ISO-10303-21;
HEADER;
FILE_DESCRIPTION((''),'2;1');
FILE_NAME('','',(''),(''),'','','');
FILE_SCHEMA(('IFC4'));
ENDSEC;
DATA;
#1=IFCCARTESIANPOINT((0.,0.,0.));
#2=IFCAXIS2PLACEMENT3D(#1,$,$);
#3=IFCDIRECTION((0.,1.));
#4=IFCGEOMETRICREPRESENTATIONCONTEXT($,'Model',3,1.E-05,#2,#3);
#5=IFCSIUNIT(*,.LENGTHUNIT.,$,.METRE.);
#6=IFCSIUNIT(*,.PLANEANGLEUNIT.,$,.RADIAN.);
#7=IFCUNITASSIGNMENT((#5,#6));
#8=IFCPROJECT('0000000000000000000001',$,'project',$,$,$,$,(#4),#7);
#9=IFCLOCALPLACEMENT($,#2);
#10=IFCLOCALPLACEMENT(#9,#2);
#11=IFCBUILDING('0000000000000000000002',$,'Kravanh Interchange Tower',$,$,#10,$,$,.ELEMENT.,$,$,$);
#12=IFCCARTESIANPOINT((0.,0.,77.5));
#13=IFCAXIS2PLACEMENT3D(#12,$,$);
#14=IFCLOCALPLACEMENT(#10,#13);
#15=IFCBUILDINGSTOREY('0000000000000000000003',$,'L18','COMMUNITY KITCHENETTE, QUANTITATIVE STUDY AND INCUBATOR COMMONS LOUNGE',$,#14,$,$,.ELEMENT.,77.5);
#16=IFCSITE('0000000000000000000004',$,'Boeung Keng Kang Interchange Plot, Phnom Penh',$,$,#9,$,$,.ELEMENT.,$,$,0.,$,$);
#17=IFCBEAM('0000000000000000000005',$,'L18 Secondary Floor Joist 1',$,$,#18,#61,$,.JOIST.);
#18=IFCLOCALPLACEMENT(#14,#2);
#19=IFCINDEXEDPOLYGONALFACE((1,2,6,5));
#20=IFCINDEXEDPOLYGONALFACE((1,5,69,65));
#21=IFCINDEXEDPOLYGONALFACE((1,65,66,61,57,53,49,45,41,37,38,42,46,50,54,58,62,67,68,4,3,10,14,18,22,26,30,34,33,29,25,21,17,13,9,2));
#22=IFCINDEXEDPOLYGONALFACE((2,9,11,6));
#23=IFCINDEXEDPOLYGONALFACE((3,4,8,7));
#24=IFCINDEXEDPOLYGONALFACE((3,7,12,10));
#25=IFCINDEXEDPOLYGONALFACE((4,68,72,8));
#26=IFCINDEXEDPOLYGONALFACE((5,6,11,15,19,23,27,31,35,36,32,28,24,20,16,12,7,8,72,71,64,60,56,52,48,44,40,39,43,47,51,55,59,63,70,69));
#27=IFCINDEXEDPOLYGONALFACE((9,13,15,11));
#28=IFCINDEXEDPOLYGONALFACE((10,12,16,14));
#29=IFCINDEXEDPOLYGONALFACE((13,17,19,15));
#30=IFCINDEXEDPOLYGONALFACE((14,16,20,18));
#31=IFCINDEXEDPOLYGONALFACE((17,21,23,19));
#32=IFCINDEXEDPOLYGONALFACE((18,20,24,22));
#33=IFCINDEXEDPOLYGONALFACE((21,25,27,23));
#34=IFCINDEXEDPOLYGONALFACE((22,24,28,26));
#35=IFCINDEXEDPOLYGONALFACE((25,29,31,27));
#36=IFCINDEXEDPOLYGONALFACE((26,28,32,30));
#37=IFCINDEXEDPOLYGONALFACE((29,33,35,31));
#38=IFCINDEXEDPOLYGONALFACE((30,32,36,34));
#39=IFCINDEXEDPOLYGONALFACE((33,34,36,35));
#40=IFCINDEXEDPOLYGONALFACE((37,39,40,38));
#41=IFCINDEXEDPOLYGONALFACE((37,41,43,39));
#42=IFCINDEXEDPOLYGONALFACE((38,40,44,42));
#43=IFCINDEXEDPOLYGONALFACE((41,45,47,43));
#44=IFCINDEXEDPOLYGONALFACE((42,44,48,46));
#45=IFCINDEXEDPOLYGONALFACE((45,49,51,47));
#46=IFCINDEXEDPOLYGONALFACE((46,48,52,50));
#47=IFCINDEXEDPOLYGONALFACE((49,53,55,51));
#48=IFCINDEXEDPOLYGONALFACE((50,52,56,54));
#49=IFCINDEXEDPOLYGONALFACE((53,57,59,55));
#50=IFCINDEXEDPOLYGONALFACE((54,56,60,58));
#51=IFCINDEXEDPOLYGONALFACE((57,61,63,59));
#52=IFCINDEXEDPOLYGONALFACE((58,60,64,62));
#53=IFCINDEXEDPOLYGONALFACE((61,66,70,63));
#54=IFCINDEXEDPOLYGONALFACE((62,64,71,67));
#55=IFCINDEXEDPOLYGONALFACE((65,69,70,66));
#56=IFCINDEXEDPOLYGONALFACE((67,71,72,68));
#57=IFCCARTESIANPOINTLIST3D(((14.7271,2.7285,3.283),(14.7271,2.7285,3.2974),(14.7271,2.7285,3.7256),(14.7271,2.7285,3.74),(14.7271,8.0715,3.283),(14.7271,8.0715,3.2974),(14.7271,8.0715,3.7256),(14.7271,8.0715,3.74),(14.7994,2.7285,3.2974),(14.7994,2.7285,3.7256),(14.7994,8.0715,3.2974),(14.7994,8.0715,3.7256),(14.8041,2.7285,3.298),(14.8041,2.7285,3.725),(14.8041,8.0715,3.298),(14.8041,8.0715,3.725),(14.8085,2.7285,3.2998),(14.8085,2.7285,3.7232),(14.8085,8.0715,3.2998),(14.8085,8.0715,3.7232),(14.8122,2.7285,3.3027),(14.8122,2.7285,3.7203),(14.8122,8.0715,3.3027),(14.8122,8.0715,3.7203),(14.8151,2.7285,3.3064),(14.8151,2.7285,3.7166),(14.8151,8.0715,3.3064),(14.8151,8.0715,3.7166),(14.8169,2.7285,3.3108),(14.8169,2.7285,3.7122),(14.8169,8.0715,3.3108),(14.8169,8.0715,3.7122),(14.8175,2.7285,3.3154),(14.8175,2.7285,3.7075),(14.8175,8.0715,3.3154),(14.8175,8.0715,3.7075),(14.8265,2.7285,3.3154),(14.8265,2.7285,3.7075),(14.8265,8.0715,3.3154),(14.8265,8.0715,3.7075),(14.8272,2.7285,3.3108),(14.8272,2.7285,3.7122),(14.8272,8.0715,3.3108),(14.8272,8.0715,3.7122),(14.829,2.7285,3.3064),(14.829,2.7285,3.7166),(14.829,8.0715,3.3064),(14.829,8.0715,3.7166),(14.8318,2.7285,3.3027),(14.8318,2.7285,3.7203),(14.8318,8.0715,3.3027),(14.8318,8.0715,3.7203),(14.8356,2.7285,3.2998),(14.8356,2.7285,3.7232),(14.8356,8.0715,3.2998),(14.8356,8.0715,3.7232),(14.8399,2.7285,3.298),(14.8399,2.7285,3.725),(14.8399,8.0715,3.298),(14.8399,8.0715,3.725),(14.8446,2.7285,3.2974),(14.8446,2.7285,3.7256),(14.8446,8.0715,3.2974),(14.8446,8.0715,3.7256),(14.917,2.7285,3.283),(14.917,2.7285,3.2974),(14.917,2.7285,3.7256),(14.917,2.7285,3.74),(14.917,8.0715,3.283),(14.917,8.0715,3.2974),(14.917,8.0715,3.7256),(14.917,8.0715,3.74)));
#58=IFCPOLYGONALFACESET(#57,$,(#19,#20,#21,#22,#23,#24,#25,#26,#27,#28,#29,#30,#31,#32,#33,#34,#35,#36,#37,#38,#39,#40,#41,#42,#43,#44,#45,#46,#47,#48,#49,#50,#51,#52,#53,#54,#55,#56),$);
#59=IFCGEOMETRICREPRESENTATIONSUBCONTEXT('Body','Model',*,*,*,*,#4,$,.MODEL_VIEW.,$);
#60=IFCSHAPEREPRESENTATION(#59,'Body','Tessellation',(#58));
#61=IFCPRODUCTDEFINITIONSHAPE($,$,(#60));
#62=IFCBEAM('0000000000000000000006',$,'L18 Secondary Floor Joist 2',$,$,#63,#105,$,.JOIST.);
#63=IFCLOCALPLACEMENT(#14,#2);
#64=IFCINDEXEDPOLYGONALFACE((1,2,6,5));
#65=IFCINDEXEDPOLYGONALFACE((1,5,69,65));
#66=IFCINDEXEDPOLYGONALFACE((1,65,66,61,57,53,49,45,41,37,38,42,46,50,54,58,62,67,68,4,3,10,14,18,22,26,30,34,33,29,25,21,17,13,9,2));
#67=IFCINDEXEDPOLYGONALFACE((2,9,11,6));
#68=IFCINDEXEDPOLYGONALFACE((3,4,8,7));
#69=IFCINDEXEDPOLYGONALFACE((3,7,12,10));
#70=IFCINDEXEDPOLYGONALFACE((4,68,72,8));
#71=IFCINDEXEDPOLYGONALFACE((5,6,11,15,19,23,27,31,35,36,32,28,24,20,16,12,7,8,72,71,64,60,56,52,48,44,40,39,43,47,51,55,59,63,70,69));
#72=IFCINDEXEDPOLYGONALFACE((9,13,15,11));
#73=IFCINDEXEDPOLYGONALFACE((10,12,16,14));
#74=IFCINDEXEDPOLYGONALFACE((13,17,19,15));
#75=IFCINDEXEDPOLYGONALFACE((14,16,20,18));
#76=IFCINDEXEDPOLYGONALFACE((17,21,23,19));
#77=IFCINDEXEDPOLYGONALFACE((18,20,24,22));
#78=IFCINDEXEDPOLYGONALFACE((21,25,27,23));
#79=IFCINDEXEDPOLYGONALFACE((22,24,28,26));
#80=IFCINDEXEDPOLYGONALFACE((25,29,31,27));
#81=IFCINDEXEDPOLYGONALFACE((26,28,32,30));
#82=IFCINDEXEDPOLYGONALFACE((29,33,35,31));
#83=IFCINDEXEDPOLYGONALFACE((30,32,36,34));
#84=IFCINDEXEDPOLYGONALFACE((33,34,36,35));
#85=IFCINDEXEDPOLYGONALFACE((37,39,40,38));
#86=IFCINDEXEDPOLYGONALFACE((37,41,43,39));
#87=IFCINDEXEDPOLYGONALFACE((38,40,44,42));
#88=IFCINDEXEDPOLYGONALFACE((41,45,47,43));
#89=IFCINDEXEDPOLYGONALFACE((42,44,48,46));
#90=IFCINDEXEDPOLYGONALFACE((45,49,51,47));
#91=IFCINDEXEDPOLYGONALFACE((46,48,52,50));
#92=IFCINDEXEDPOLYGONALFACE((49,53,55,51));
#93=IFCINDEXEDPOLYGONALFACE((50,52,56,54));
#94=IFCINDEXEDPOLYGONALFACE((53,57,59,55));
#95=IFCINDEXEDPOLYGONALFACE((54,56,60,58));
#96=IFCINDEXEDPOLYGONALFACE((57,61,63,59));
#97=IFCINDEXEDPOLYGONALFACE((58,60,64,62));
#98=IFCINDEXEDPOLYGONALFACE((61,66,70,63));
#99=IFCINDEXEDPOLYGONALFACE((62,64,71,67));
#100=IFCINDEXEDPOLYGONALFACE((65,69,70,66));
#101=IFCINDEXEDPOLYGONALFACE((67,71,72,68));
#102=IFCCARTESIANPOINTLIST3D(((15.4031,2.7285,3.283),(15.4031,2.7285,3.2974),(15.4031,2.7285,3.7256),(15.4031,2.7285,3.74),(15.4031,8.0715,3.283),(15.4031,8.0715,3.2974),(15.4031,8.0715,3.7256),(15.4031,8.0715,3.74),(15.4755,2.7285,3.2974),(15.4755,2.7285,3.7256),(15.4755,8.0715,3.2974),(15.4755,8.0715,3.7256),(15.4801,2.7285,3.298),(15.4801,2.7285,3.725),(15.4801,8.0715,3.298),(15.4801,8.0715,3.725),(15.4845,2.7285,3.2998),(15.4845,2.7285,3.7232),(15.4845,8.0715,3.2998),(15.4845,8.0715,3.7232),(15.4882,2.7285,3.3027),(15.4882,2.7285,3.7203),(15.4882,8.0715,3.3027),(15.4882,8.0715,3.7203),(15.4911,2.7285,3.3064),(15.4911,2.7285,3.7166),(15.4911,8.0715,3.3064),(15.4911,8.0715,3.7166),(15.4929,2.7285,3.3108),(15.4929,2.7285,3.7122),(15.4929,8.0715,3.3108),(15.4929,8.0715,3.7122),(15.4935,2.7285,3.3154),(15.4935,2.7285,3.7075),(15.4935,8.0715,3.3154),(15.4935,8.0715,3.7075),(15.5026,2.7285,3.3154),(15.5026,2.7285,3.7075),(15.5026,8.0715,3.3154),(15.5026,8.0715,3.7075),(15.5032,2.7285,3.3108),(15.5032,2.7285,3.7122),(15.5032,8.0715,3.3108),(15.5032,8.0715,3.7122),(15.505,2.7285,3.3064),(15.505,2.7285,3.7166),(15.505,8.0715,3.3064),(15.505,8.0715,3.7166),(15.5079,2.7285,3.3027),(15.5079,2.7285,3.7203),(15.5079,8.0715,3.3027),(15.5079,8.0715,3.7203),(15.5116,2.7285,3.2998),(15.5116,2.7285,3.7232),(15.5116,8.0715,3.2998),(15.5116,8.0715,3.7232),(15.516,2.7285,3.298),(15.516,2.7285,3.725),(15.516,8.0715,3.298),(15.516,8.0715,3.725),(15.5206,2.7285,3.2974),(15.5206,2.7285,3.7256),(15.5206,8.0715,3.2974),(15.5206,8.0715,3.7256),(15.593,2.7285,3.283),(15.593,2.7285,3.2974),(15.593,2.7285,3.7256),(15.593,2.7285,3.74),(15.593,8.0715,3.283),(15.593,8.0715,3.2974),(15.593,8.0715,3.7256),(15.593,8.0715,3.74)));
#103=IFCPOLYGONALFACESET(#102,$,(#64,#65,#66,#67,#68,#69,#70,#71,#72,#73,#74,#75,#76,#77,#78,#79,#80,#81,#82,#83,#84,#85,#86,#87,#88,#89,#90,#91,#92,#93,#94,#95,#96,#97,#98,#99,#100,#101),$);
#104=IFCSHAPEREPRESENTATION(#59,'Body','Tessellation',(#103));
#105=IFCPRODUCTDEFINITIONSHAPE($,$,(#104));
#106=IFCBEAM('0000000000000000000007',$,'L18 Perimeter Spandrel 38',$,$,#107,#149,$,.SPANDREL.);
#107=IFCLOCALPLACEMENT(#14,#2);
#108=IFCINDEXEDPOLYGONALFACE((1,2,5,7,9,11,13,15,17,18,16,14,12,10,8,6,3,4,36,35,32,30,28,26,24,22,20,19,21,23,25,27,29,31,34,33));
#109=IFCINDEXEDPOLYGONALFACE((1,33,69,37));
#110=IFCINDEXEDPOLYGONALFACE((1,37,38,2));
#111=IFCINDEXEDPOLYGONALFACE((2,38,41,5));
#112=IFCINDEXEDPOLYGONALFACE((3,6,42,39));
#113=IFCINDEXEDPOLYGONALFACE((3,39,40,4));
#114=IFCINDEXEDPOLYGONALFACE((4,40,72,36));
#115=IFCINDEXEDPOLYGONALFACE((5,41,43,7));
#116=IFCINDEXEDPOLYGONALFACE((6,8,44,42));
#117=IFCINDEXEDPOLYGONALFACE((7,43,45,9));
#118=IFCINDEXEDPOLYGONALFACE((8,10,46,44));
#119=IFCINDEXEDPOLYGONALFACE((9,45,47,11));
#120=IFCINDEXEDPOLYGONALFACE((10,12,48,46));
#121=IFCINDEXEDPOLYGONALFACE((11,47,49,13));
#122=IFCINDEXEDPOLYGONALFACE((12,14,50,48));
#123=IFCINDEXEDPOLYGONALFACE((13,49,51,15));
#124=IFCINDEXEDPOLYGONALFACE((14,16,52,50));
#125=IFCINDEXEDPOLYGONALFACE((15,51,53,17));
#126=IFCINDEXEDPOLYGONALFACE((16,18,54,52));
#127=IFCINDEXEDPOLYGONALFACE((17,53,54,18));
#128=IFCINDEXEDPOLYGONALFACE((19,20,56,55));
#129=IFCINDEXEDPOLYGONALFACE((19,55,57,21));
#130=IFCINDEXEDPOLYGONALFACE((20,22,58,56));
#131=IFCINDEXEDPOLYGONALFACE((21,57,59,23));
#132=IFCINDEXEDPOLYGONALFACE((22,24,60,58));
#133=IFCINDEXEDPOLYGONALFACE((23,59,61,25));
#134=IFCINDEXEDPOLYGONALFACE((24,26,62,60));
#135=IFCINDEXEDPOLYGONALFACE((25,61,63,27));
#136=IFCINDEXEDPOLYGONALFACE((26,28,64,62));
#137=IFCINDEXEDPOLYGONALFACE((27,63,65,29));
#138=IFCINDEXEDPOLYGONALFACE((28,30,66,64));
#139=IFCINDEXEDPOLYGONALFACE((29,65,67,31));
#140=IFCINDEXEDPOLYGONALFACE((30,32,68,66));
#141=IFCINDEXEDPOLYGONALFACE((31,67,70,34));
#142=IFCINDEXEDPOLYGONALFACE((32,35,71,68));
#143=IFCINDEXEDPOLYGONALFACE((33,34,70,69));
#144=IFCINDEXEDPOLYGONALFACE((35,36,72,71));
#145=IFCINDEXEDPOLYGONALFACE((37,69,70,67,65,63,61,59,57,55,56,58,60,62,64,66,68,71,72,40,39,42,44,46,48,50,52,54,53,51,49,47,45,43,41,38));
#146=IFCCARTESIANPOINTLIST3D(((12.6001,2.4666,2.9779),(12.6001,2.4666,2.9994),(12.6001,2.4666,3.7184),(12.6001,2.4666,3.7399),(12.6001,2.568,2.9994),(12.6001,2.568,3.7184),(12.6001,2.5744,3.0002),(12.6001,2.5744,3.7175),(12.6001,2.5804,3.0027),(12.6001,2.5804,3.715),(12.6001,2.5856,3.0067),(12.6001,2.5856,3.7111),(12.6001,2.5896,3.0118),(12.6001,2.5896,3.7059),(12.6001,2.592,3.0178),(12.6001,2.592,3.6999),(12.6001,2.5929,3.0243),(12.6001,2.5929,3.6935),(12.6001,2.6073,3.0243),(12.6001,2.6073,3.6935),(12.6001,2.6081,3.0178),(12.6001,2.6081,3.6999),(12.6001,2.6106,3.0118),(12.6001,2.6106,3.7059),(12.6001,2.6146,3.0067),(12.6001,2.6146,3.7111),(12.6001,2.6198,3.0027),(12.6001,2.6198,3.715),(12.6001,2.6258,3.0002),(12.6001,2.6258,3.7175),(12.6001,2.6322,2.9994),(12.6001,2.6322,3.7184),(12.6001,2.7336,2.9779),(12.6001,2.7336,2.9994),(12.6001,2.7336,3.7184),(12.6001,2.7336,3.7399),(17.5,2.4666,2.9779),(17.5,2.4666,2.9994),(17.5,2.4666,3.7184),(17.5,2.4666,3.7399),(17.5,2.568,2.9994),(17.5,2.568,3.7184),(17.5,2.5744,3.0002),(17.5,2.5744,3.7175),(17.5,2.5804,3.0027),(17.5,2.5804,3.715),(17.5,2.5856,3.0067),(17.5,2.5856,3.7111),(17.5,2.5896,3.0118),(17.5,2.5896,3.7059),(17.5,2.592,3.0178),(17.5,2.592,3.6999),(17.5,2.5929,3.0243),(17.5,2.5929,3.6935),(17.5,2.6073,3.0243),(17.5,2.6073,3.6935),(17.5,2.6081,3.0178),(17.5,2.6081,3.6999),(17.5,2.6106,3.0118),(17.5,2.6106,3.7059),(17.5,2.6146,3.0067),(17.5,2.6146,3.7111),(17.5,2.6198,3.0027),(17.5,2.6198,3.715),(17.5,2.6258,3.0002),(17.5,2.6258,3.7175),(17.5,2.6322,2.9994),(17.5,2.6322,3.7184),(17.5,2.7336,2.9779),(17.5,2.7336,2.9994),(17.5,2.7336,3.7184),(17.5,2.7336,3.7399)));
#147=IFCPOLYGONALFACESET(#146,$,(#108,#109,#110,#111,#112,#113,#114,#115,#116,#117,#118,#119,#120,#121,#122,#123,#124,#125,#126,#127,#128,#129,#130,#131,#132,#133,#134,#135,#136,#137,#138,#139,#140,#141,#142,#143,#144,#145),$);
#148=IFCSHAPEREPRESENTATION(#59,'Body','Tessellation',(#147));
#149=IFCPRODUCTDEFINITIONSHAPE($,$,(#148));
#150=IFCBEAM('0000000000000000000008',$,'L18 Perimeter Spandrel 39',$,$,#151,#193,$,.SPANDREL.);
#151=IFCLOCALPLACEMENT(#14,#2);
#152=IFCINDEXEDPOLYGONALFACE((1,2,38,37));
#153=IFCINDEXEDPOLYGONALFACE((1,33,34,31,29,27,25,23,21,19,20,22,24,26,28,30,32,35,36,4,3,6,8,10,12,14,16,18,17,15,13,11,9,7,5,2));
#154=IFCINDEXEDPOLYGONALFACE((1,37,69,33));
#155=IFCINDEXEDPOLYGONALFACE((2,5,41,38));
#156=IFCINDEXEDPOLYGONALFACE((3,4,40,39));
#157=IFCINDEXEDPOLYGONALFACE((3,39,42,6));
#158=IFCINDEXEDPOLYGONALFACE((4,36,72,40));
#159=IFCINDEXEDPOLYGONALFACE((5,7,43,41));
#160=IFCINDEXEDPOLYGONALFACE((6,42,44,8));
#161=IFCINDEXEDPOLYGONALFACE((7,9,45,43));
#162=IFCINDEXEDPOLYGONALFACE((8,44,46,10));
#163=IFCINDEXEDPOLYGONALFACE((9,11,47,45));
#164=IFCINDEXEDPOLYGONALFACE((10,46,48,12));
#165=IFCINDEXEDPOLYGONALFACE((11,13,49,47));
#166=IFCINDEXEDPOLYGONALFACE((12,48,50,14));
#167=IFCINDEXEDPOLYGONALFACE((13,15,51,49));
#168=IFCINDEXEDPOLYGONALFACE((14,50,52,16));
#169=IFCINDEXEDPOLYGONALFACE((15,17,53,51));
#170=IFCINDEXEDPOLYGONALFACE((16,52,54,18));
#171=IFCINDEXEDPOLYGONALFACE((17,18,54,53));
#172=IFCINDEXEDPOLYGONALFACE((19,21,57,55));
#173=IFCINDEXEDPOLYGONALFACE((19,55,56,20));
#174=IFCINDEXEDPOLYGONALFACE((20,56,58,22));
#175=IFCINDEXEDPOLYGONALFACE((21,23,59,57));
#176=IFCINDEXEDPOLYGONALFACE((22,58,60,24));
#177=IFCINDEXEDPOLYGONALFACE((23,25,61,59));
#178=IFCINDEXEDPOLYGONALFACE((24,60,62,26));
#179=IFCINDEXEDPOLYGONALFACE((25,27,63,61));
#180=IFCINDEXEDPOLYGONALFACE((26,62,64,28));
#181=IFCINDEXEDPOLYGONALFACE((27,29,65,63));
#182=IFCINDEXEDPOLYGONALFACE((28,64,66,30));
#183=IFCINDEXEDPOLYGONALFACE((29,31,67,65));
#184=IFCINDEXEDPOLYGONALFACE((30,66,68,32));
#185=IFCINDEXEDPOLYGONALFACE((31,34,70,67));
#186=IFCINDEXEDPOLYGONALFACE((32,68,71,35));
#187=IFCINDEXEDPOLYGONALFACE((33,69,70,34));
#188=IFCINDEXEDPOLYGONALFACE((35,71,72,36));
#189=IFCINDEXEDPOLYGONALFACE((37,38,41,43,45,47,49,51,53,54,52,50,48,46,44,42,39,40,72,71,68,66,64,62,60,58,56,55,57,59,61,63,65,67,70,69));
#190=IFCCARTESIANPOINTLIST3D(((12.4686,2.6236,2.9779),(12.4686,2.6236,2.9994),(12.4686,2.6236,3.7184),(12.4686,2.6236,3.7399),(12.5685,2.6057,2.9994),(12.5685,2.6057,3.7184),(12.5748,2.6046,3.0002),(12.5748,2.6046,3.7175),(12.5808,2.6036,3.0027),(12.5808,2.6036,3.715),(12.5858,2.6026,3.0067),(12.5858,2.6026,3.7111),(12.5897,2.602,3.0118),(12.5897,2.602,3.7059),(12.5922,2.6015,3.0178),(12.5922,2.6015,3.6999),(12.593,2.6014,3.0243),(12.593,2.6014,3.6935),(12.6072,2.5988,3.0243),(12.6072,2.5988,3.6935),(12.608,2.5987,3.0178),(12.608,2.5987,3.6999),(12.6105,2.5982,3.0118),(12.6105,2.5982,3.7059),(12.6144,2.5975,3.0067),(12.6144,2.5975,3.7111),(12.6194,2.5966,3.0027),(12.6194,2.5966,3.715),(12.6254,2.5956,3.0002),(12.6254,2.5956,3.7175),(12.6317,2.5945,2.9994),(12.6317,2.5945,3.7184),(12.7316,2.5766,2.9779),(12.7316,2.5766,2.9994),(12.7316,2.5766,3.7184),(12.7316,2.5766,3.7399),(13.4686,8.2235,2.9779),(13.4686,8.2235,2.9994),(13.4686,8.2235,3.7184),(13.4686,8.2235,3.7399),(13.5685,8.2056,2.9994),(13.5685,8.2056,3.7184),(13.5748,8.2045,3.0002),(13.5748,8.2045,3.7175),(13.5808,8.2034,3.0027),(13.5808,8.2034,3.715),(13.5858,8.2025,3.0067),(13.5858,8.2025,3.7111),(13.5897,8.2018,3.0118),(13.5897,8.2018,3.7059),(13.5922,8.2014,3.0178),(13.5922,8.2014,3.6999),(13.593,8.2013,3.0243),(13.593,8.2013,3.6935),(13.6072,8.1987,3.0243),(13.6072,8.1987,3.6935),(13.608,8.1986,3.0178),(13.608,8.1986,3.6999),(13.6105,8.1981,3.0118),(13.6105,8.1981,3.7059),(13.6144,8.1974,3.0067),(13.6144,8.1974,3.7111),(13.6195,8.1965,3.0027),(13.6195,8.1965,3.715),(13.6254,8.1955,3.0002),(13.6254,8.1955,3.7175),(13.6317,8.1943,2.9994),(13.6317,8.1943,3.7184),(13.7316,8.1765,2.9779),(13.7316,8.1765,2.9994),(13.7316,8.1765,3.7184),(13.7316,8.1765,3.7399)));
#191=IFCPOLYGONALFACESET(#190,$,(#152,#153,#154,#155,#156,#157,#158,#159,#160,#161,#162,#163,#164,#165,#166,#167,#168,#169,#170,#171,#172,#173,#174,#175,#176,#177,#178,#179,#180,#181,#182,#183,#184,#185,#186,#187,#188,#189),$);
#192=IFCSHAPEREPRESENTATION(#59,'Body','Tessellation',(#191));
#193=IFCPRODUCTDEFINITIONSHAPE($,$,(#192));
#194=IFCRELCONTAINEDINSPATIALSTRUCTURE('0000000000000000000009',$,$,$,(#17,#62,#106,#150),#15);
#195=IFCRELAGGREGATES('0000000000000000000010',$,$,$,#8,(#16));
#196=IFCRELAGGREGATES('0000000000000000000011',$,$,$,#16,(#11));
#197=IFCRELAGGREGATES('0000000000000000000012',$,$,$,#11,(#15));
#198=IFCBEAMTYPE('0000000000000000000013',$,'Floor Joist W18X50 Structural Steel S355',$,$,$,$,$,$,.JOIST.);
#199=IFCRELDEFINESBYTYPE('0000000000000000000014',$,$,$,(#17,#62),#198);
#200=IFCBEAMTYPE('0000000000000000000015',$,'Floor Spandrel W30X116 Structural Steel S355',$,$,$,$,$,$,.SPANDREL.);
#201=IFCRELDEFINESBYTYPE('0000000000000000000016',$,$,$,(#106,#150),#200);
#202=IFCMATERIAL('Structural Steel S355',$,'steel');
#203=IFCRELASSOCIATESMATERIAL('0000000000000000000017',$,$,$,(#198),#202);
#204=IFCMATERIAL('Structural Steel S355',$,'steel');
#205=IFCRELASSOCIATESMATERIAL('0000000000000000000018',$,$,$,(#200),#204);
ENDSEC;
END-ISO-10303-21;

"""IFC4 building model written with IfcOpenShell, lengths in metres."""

from ifc_helpers import new_model, si_unit, direction, frame, origin, origin_2d, place, context, subcontext, project, spatial, i_section, extrude, material, material_profile, profile_set, type_object, element, save


model = new_model("IFC4")

# Units and contexts
model_context = context("Model", 3, precision=1e-05, world=origin(), true_north=direction((0.0, 1.0)))
body_context = subcontext(model_context, "Body", "Model", "MODEL_VIEW")
ifc_project = project(units=[si_unit("LENGTHUNIT", "METRE"), si_unit("PLANEANGLEUNIT", "RADIAN")], contexts=[model_context])

# Site, building, storey
site_placement = place(None, origin())
site = spatial("IfcSite", under=ifc_project, at=site_placement, Name="Boeung Keng Kang Interchange Plot, Phnom Penh", CompositionType="ELEMENT", RefElevation=0.0)
building_placement = place(site_placement, origin())
building = spatial("IfcBuilding", under=site, at=building_placement, Name="Kravanh Interchange Tower", CompositionType="ELEMENT")
storey_placement = place(building_placement, frame((0.0, 0.0, 77.5)))
storey = spatial("IfcBuildingStorey", under=building, at=storey_placement, Name="L18", Description="COMMUNITY KITCHENETTE, QUANTITATIVE STUDY AND INCUBATOR COMMONS LOUNGE", CompositionType="ELEMENT", Elevation=77.5)

# Beams
ifc_material_1 = material(Name="Structural Steel S355", Category="steel")
ifc_material_profile_1 = material_profile(ifc_material_1, i_section(OverallWidth=0.1899, OverallDepth=0.457, WebThickness=0.009, FlangeThickness=0.0144, FilletRadius=0.0181, at=origin_2d()), Name="W18X50")
ifc_profile_set_1 = profile_set([ifc_material_profile_1], Name="Structural Steel S355")
beam_type_1 = type_object("IfcBeamType", Name="Floor Joist W18X50 Structural Steel S355", PredefinedType="JOIST", material=ifc_profile_set_1)
for number, where, z_axis, x_axis, name in (
    (1, (14.822, 2.7285, 3.5115), (0.0, 1.0, 0.0), (-1.0, 0.0, 0.0), "L18 Secondary Floor Joist 1"),
    (2, (15.498, 2.7285, 3.5115), (0.0, 1.0, 0.0), (-1.0, 0.0, 0.0), "L18 Secondary Floor Joist 2"),
):
    element("IfcBeam", number, at=place(storey_placement, frame(where, z_axis=z_axis, x_axis=x_axis)), inside=storey, type_object=beam_type_1, Name=name, PredefinedType="JOIST", context=body_context, shape_type="SweptSolid", body=[
        extrude(i_section(OverallWidth=0.1899, OverallDepth=0.457, WebThickness=0.009, FlangeThickness=0.0144, FilletRadius=0.0181, at=origin_2d()), origin(), (0.0, 0.0, 1.0), 5.343),
    ])
ifc_material_2 = material(Name="Structural Steel S355", Category="steel")
ifc_material_profile_2 = material_profile(ifc_material_2, i_section(OverallWidth=0.2671, OverallDepth=0.762, WebThickness=0.0144, FlangeThickness=0.0215, FilletRadius=0.0249, at=origin_2d()), Name="W30X116")
ifc_profile_set_2 = profile_set([ifc_material_profile_2], Name="Structural Steel S355")
beam_type_2 = type_object("IfcBeamType", Name="Floor Spandrel W30X116 Structural Steel S355", PredefinedType="SPANDREL", material=ifc_profile_set_2)
beam_1_placement = place(storey_placement, frame((12.6001, 2.6001, 3.3589), z_axis=(1.0, 0.0, 0.0), x_axis=(0.0, 1.0, 0.0)))
element("IfcBeam", 3, at=beam_1_placement, inside=storey, type_object=beam_type_2, Name="L18 Perimeter Spandrel 38", PredefinedType="SPANDREL", context=body_context, shape_type="SweptSolid", body=[
    extrude(i_section(OverallWidth=0.2671, OverallDepth=0.762, WebThickness=0.0144, FlangeThickness=0.0215, FilletRadius=0.0249, at=origin_2d()), origin(), (0.0, 0.0, 1.0), 4.8999),
])
beam_2_placement = place(storey_placement, frame((12.6001, 2.6001, 3.3589), z_axis=(0.175795, 0.984427, 0.0), x_axis=(-0.984427, 0.175795, 0.0)))
element("IfcBeam", 4, at=beam_2_placement, inside=storey, type_object=beam_type_2, Name="L18 Perimeter Spandrel 39", PredefinedType="SPANDREL", context=body_context, shape_type="SweptSolid", body=[
    extrude(i_section(OverallWidth=0.2671, OverallDepth=0.762, WebThickness=0.0144, FlangeThickness=0.0215, FilletRadius=0.0249, at=origin_2d()), origin(), (0.0, 0.0, 1.0), 5.6885),
])

save(model, "model.ifc")
